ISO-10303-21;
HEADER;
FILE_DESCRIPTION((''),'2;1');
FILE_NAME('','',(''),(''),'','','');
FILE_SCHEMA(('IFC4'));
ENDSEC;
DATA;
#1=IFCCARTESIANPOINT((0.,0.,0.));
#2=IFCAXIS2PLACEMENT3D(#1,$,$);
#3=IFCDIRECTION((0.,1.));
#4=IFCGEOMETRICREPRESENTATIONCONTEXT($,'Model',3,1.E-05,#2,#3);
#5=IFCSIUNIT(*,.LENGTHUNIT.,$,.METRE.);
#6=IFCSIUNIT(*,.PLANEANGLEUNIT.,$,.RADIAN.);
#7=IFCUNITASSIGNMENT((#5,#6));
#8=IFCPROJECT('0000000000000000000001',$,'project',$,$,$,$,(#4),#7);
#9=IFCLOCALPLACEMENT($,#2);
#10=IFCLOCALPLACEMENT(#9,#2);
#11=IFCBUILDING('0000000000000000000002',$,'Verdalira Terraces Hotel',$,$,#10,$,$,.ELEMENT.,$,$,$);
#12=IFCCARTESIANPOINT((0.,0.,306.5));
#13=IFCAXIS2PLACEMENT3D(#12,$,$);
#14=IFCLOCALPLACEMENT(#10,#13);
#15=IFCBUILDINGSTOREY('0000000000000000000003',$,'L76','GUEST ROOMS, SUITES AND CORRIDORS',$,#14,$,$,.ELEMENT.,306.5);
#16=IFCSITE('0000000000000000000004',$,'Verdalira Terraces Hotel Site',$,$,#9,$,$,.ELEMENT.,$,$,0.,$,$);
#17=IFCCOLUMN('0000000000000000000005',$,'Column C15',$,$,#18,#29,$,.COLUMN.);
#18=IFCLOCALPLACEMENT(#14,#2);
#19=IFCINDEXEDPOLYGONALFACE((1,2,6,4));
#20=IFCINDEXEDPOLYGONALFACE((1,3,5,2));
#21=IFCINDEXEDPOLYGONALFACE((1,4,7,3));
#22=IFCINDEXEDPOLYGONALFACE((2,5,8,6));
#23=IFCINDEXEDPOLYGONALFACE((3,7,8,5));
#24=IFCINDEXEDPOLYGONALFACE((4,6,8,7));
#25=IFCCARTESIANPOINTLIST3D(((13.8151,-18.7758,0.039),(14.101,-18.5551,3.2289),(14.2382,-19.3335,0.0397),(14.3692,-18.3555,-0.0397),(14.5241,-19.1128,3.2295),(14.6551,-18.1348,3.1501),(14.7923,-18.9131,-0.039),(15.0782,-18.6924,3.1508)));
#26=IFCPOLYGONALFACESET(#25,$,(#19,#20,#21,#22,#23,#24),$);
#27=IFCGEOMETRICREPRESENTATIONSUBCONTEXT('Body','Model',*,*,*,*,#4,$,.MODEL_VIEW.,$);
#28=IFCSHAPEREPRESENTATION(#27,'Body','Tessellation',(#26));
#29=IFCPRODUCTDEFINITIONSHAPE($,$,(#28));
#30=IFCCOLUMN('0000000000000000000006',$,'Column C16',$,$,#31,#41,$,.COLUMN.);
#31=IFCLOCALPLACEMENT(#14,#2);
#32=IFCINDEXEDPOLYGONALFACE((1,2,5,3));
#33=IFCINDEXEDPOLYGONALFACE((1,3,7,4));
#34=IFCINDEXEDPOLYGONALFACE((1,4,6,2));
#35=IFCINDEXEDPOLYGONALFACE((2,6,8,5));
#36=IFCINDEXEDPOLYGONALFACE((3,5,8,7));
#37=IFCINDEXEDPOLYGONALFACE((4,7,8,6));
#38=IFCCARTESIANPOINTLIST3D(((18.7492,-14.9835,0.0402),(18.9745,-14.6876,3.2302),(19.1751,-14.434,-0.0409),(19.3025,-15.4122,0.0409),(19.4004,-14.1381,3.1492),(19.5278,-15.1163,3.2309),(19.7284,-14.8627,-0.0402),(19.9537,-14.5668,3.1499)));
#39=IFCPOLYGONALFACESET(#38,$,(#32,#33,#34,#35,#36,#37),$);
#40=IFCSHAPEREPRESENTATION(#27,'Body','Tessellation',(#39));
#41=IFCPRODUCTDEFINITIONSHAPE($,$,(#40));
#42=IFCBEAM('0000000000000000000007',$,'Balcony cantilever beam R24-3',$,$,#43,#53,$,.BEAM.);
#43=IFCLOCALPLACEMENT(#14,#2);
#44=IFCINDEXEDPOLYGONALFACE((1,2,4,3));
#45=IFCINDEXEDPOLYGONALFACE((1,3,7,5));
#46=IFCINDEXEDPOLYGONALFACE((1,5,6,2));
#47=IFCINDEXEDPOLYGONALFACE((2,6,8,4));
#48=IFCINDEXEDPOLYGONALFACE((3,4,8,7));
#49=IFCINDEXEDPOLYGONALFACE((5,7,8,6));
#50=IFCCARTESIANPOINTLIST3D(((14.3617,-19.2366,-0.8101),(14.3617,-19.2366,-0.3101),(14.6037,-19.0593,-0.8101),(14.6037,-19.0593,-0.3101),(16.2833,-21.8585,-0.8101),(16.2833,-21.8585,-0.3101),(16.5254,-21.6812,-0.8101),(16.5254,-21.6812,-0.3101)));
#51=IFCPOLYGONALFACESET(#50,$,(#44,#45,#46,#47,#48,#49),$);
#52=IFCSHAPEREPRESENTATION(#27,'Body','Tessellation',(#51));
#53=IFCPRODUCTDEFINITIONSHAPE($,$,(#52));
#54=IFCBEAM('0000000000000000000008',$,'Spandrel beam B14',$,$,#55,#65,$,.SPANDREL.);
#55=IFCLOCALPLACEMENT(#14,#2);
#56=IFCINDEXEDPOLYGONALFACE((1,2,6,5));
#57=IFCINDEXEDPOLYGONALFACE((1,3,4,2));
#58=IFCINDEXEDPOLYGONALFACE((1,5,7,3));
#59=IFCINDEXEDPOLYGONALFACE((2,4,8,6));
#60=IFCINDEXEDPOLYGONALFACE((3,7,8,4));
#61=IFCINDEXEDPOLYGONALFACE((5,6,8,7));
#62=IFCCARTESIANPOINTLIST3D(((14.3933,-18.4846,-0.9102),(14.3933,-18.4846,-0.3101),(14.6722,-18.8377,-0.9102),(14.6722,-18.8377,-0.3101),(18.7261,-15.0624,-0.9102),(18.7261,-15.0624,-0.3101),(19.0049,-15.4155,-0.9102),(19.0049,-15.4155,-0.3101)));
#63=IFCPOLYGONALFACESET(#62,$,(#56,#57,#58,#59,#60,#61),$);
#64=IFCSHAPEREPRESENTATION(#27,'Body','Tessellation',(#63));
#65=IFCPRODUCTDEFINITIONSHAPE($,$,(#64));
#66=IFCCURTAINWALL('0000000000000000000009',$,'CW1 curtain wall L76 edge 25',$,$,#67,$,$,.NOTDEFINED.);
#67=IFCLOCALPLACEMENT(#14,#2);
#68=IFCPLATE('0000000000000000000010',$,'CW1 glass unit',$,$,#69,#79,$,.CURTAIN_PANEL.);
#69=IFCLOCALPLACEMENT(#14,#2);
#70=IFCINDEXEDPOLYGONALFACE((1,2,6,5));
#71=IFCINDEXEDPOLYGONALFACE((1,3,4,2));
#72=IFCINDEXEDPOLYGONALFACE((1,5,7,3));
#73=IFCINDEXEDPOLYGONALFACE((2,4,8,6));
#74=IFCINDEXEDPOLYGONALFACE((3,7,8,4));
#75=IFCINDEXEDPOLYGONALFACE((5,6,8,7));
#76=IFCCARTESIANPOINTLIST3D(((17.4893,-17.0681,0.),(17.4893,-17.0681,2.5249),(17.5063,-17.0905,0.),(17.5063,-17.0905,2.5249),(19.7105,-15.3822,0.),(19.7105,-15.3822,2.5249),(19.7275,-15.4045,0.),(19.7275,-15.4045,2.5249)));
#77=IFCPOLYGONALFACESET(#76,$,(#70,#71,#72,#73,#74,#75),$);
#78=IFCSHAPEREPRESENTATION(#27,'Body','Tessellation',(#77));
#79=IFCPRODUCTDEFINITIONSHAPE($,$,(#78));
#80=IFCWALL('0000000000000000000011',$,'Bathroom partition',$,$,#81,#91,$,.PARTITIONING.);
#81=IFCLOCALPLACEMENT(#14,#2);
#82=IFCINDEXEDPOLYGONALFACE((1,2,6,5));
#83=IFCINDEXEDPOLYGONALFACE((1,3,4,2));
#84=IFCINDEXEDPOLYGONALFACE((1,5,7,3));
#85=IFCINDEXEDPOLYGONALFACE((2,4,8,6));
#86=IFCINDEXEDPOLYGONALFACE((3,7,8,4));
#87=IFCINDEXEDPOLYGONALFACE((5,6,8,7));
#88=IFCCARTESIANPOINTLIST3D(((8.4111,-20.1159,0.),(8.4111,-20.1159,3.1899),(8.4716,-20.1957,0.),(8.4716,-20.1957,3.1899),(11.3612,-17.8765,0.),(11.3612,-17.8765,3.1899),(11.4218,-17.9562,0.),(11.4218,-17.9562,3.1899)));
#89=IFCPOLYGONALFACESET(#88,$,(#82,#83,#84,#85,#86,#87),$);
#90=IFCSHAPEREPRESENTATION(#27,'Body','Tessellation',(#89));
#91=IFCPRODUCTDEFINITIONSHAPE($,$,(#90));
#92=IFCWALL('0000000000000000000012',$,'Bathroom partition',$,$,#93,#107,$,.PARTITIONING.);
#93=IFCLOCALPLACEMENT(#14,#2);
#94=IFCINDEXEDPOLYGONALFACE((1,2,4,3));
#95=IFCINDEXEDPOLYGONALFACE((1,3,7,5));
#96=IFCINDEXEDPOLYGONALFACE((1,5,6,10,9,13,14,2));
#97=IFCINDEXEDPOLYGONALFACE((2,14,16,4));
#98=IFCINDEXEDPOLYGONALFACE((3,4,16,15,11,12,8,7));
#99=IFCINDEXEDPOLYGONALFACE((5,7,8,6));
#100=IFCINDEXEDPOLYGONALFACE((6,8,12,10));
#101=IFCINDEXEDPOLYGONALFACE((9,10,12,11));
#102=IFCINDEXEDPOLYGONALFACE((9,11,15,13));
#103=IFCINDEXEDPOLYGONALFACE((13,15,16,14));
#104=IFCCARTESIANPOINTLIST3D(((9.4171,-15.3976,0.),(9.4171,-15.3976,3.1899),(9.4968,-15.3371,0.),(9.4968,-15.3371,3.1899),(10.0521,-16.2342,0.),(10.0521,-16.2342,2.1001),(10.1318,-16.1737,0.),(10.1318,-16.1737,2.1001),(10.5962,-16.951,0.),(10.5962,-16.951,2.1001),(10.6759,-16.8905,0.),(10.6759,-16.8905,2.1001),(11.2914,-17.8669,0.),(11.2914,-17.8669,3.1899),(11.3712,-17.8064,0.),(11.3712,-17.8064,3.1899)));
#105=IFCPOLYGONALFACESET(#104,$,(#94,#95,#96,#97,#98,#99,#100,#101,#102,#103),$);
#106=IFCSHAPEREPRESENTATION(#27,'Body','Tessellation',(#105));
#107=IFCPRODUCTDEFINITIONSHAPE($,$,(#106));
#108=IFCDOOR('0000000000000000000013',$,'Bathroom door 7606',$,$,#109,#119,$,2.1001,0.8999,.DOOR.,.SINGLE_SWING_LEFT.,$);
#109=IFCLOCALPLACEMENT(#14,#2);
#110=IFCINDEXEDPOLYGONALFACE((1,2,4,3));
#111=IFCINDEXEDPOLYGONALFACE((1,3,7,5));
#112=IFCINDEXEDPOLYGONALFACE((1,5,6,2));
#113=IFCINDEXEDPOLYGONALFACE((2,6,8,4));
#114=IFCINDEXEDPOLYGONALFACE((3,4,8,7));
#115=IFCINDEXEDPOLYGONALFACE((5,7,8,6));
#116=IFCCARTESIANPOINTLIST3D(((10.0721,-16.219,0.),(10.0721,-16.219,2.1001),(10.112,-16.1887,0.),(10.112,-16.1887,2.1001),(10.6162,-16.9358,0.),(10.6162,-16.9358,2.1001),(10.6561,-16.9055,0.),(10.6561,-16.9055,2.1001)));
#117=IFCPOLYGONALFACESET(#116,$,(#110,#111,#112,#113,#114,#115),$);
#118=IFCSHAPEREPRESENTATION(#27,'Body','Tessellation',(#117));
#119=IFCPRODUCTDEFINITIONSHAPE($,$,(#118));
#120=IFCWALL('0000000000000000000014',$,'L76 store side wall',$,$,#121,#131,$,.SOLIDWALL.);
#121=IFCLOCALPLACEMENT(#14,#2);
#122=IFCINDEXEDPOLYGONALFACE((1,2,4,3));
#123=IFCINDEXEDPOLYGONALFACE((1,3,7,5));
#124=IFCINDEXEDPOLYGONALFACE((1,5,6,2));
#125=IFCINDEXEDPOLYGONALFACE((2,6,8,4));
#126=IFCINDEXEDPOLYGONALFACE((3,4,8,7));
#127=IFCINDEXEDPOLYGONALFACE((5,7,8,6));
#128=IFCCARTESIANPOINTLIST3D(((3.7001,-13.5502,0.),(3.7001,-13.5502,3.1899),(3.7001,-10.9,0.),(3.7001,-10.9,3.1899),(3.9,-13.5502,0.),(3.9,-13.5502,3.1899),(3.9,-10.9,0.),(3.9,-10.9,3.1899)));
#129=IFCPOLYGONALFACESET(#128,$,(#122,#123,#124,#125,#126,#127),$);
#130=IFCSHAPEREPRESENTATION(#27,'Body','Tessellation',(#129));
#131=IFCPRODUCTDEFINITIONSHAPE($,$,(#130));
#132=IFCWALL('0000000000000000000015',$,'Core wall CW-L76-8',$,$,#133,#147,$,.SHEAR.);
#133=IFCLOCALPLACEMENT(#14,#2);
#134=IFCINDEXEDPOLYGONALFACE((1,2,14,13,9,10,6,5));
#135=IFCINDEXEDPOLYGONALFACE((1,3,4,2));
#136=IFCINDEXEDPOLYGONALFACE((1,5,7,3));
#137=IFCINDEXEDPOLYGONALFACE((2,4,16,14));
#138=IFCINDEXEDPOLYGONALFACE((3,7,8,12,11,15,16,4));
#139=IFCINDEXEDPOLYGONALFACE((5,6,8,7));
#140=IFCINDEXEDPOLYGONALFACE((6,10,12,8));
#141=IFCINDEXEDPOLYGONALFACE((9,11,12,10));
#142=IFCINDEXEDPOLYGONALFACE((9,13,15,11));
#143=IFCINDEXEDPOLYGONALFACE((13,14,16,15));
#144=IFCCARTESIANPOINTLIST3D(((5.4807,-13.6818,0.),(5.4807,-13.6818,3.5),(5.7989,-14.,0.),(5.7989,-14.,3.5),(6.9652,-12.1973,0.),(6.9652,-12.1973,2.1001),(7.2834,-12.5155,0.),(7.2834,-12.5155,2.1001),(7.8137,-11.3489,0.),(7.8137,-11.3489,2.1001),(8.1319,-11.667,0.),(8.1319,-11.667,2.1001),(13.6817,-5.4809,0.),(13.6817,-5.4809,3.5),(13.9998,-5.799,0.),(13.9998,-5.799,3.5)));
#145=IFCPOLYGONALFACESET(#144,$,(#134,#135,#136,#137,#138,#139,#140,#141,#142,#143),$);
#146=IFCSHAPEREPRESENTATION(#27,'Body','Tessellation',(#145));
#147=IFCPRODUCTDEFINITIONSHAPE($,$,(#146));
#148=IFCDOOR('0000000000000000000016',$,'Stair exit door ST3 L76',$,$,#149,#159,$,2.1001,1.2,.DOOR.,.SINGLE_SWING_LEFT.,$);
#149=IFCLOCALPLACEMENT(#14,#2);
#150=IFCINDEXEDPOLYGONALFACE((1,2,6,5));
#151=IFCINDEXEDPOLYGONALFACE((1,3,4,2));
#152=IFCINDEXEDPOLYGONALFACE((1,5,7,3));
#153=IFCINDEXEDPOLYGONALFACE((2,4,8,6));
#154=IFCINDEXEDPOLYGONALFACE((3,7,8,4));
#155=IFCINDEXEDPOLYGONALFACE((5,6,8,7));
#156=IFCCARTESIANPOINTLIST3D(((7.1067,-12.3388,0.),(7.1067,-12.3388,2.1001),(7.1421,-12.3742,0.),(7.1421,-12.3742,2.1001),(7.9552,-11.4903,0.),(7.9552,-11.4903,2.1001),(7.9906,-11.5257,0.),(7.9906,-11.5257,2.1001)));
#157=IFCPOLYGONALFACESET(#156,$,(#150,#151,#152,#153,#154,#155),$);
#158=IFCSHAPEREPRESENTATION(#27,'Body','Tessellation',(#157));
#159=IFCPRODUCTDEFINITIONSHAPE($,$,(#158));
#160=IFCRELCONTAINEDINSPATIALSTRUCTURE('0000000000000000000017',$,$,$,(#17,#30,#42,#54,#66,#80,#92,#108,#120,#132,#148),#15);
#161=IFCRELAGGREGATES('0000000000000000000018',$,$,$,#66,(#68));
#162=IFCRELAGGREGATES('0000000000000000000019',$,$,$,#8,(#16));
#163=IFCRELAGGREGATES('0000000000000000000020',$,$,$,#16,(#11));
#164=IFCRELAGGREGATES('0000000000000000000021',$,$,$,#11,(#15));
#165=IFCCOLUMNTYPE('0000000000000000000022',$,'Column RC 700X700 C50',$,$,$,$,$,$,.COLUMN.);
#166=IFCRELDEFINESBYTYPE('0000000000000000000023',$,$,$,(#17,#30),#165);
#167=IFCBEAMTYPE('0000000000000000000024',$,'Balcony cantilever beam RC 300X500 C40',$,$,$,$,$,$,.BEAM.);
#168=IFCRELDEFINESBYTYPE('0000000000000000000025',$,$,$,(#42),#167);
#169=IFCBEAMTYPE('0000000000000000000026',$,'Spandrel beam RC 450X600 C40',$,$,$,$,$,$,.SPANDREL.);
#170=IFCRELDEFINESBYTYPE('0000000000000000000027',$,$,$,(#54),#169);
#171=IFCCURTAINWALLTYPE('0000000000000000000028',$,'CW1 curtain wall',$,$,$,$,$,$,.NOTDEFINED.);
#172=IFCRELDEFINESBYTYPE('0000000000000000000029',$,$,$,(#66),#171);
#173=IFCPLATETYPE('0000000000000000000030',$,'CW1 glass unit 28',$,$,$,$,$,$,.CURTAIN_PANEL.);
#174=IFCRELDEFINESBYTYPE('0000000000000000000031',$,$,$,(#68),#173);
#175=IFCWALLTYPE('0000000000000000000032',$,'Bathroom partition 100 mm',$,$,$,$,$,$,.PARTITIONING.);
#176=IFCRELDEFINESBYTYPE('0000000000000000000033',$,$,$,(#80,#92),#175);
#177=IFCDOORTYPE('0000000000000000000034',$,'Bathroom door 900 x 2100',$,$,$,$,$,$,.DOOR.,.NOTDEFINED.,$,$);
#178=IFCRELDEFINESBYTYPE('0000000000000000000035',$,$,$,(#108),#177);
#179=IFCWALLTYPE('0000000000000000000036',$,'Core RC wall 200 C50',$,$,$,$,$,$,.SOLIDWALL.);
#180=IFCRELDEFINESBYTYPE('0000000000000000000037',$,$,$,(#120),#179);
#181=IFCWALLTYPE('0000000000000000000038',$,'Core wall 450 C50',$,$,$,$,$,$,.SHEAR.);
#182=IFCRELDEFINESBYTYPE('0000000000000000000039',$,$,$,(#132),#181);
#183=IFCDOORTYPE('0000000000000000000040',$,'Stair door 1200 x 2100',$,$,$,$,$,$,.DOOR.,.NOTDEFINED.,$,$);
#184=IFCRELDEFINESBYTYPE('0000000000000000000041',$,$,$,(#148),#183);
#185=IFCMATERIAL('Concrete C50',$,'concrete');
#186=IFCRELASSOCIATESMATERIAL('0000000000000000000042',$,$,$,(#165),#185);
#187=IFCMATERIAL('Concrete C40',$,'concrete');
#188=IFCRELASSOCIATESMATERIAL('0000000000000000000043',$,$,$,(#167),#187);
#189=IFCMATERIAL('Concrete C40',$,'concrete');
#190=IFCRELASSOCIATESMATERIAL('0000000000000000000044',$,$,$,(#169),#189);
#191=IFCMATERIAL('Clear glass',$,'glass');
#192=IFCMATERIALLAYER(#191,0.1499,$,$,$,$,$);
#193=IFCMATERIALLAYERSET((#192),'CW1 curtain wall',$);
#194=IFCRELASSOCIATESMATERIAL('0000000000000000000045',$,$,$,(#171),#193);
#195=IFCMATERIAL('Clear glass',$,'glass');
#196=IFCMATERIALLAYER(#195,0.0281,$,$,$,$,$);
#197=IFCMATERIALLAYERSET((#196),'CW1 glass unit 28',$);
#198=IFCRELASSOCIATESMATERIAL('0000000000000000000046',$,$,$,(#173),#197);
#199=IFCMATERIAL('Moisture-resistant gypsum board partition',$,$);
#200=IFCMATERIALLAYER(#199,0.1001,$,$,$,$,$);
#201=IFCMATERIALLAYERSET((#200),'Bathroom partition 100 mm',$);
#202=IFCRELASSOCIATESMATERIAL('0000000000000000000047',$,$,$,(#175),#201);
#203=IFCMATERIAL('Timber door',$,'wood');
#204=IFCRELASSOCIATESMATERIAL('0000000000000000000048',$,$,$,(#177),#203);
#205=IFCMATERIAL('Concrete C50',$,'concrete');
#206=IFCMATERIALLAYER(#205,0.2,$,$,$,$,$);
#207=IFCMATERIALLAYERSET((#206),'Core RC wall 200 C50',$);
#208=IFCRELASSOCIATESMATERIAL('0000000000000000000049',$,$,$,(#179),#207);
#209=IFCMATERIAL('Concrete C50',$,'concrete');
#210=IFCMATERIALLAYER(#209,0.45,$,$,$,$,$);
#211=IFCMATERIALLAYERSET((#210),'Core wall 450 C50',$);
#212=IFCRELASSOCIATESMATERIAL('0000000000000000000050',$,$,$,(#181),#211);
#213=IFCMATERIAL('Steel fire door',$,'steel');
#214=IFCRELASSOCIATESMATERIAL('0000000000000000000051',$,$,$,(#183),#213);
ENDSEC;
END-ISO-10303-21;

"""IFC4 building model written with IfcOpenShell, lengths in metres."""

from ifc_helpers import new_model, si_unit, direction, frame, frame_2d, origin, origin_2d, place, context, subcontext, project, spatial, rectangle, extrude, material, layer, layer_set, material_profile, profile_set, type_object, element, fill, aggregate, save


model = new_model("IFC4")

# Units and contexts
model_context = context("Model", 3, precision=1e-05, world=origin(), true_north=direction((0.0, 1.0)))
body_context = subcontext(model_context, "Body", "Model", "MODEL_VIEW")
ifc_project = project(units=[si_unit("LENGTHUNIT", "METRE"), si_unit("PLANEANGLEUNIT", "RADIAN")], contexts=[model_context])

# Site, building, storey
site_placement = place(None, origin())
site = spatial("IfcSite", under=ifc_project, at=site_placement, Name="Verdalira Terraces Hotel Site", CompositionType="ELEMENT", RefElevation=0.0)
building_placement = place(site_placement, origin())
building = spatial("IfcBuilding", under=site, at=building_placement, Name="Verdalira Terraces Hotel", CompositionType="ELEMENT")
storey_placement = place(building_placement, frame((0.0, 0.0, 306.5)))
storey = spatial("IfcBuildingStorey", under=building, at=storey_placement, Name="L76", Description="GUEST ROOMS, SUITES AND CORRIDORS", CompositionType="ELEMENT", Elevation=306.5)

# Columns
ifc_material_1 = material(Name="Concrete C50", Category="concrete")
ifc_material_profile_1 = material_profile(ifc_material_1, rectangle(XDim=0.7, YDim=0.7, at=origin_2d()), Name="RC 700X700")
ifc_profile_set_1 = profile_set([ifc_material_profile_1], Name="Concrete C50")
column_type = type_object("IfcColumnType", Name="Column RC 700X700 C50", PredefinedType="COLUMN", material=ifc_profile_set_1)
column_1_placement = place(storey_placement, frame((14.3037, -18.8445, 0.0), z_axis=(0.089053, 0.068748, 0.993651), x_axis=(0.791667, 0.600507, -0.112498)))
element("IfcColumn", 1, at=column_1_placement, inside=storey, type_object=column_type, Name="Column C15", PredefinedType="COLUMN", context=body_context, shape_type="SweptSolid", body=[
    extrude(rectangle(XDim=0.7, YDim=0.7, at=origin_2d()), origin(), (0.0, 0.0, 1.0), 3.2102),
])
column_2_placement = place(storey_placement, frame((19.2388, -14.9231, 0.0), z_axis=(0.070166, 0.092136, 0.993271), x_axis=(-0.608476, -0.785077, 0.115807)))
element("IfcColumn", 2, at=column_2_placement, inside=storey, type_object=column_type, Name="Column C16", PredefinedType="COLUMN", context=body_context, shape_type="SweptSolid", body=[
    extrude(rectangle(XDim=0.7, YDim=0.7, at=origin_2d()), origin(), (0.0, 0.0, 1.0), 3.2117),
])

# Beams
ifc_material_2 = material(Name="Concrete C40", Category="concrete")
ifc_material_profile_2 = material_profile(ifc_material_2, rectangle(XDim=0.3, YDim=0.5, at=origin_2d()), Name="RC 300X500")
ifc_profile_set_2 = profile_set([ifc_material_profile_2], Name="Concrete C40")
beam_type_1 = type_object("IfcBeamType", Name="Balcony cantilever beam RC 300X500 C40", PredefinedType="BEAM", material=ifc_profile_set_2)
beam_1_placement = place(storey_placement, frame((14.4827, -19.1479, -0.5601), z_axis=(0.591155, -0.806558, 0.0), x_axis=(0.806558, 0.591155, 0.0)))
element("IfcBeam", 3, at=beam_1_placement, inside=storey, type_object=beam_type_1, Name="Balcony cantilever beam R24-3", PredefinedType="BEAM", context=body_context, shape_type="SweptSolid", body=[
    extrude(rectangle(XDim=0.3, YDim=0.5, at=origin_2d()), origin(), (0.0, 0.0, 1.0), 3.2507),
])
ifc_material_3 = material(Name="Concrete C40", Category="concrete")
ifc_material_profile_3 = material_profile(ifc_material_3, rectangle(XDim=0.45, YDim=0.6001, at=origin_2d()), Name="RC 450X600")
ifc_profile_set_3 = profile_set([ifc_material_profile_3], Name="Concrete C40")
beam_type_2 = type_object("IfcBeamType", Name="Spandrel beam RC 450X600 C40", PredefinedType="SPANDREL", material=ifc_profile_set_3)
beam_2_placement = place(storey_placement, frame((14.5327, -18.6611, -0.6101), z_axis=(0.784749, 0.619813, 0.0), x_axis=(-0.619813, 0.784749, 0.0)))
element("IfcBeam", 4, at=beam_2_placement, inside=storey, type_object=beam_type_2, Name="Spandrel beam B14", PredefinedType="SPANDREL", context=body_context, shape_type="SweptSolid", body=[
    extrude(rectangle(XDim=0.45, YDim=0.6001, at=origin_2d()), origin(), (0.0, 0.0, 1.0), 5.5212),
])

# Curtain wall, plate
ifc_material_4 = material(Name="Clear glass", Category="glass")
ifc_layer_1 = layer(ifc_material_4, 0.1499)
ifc_layer_set_1 = layer_set([ifc_layer_1], Name="CW1 curtain wall")
curtain_wall_type = type_object("IfcCurtainWallType", Name="CW1 curtain wall", PredefinedType="NOTDEFINED", material=ifc_layer_set_1)
curtain_wall_placement = place(storey_placement, origin())
curtain_wall = element("IfcCurtainWall", 5, at=curtain_wall_placement, inside=storey, type_object=curtain_wall_type, Name="CW1 curtain wall L76 edge 25", PredefinedType="NOTDEFINED")
ifc_material_5 = material(Name="Clear glass", Category="glass")
ifc_layer_2 = layer(ifc_material_5, 0.0281)
ifc_layer_set_2 = layer_set([ifc_layer_2], Name="CW1 glass unit 28")
plate_type = type_object("IfcPlateType", Name="CW1 glass unit 28", PredefinedType="CURTAIN_PANEL", material=ifc_layer_set_2)
plate_placement = place(storey_placement, frame((18.6084, -16.2363, 0.0), z_axis=(0.0, 0.0, 1.0), x_axis=(0.79653, 0.604599, 0.0)))
plate = element("IfcPlate", 6, at=plate_placement, type_object=plate_type, Name="CW1 glass unit", PredefinedType="CURTAIN_PANEL", context=body_context, shape_type="SweptSolid", body=[
    extrude(rectangle(XDim=2.7886, YDim=0.0281, at=origin_2d()), origin(), (0.0, 0.0, 1.0), 2.5249),
])
aggregate(curtain_wall, [plate])

# Wall
ifc_material_6 = material(Name="Moisture-resistant gypsum board partition")
ifc_layer_3 = layer(ifc_material_6, 0.1001)
ifc_layer_set_3 = layer_set([ifc_layer_3], Name="Bathroom partition 100 mm")
wall_type_1 = type_object("IfcWallType", Name="Bathroom partition 100 mm", PredefinedType="PARTITIONING", material=ifc_layer_set_3)
wall_1_placement = place(storey_placement, frame((11.3916, -17.9163, 0.0), z_axis=(0.0, 0.0, 1.0), x_axis=(-0.796506, -0.60463, 0.0)))
element("IfcWall", 7, at=wall_1_placement, inside=storey, type_object=wall_type_1, Name="Bathroom partition", PredefinedType="PARTITIONING", context=body_context, shape_type="SweptSolid", body=[
    extrude(rectangle(XDim=3.7039, YDim=0.1001, at=frame_2d((1.8521, 0.0))), origin(), (0.0, 0.0, 1.0), 3.1899),
])

# Wall, opening, door
wall_2_placement = place(storey_placement, frame((11.3313, -17.8367, 0.0), z_axis=(0.0, 0.0, 1.0), x_axis=(-0.604602, 0.796528, 0.0)))
wall_2 = element("IfcWall", 8, at=wall_2_placement, inside=storey, type_object=wall_type_1, Name="Bathroom partition", PredefinedType="PARTITIONING", context=body_context, shape_type="SweptSolid", body=[
    extrude(rectangle(XDim=3.1001, YDim=0.1001, at=frame_2d((1.55, 0.0))), origin(), (0.0, 0.0, 1.0), 3.1899),
])
opening_1_placement = place(wall_2_placement, frame((1.1499, 0.0, 0.0)))
opening_1 = element("IfcOpeningElement", 9, at=opening_1_placement, cuts=wall_2, PredefinedType="OPENING", context=body_context, shape_type="SweptSolid", body=[
    extrude(rectangle(XDim=0.8999, YDim=2.1001, at=frame_2d((0.45, 1.05))), frame((0.0, 0.0601, 0.0), z_axis=(0.0, -1.0, 0.0), x_axis=(1.0, 0.0, 0.0)), (0.0, 0.0, 1.0), 0.1201),
])
ifc_material_7 = material(Name="Timber door", Category="wood")
door_type_1 = type_object("IfcDoorType", Name="Bathroom door 900 x 2100", OperationType="NOTDEFINED", PredefinedType="DOOR", material=ifc_material_7)
door_1_placement = place(opening_1_placement, origin())
door_1 = element("IfcDoor", 10, at=door_1_placement, inside=storey, type_object=door_type_1, Name="Bathroom door 7606", OperationType="SINGLE_SWING_LEFT", OverallHeight=2.1001, OverallWidth=0.8999, PredefinedType="DOOR", context=body_context, shape_type="SweptSolid", body=[
    extrude(rectangle(XDim=0.8999, YDim=2.1001, at=frame_2d((0.45, 1.05))), frame((0.0, 0.0249, 0.0), z_axis=(0.0, -1.0, 0.0), x_axis=(1.0, 0.0, 0.0)), (0.0, 0.0, 1.0), 0.05),
])
fill(opening_1, door_1)

# Wall
ifc_material_8 = material(Name="Concrete C50", Category="concrete")
ifc_layer_4 = layer(ifc_material_8, 0.2)
ifc_layer_set_4 = layer_set([ifc_layer_4], Name="Core RC wall 200 C50")
wall_type_2 = type_object("IfcWallType", Name="Core RC wall 200 C50", PredefinedType="SOLIDWALL", material=ifc_layer_set_4)
wall_3_placement = place(storey_placement, frame((3.8, -10.8999, 0.0), z_axis=(0.0, 0.0, 1.0), x_axis=(0.0, -1.0, 0.0)))
element("IfcWall", 11, at=wall_3_placement, inside=storey, type_object=wall_type_2, Name="L76 store side wall", PredefinedType="SOLIDWALL", context=body_context, shape_type="SweptSolid", body=[
    extrude(rectangle(XDim=2.6501, YDim=0.2, at=frame_2d((1.3252, 0.0))), origin(), (0.0, 0.0, 1.0), 3.1899),
])

# Wall, opening, door
ifc_material_9 = material(Name="Concrete C50", Category="concrete")
ifc_layer_5 = layer(ifc_material_9, 0.45)
ifc_layer_set_5 = layer_set([ifc_layer_5], Name="Core wall 450 C50")
wall_type_3 = type_object("IfcWallType", Name="Core wall 450 C50", PredefinedType="SHEAR", material=ifc_layer_set_5)
wall_4_placement = place(storey_placement, frame((5.6399, -13.8408, 0.0), z_axis=(0.0, 0.0, 1.0), x_axis=(0.707107, 0.707107, 0.0)))
wall_4 = element("IfcWall", 12, at=wall_4_placement, inside=storey, type_object=wall_type_3, Name="Core wall CW-L76-8", PredefinedType="SHEAR", context=body_context, shape_type="SweptSolid", body=[
    extrude(rectangle(XDim=11.5979, YDim=0.45, at=frame_2d((5.7988, 0.0))), origin(), (0.0, 0.0, 1.0), 3.5),
])
opening_2_placement = place(wall_4_placement, frame((2.0991, 0.0, 0.0)))
opening_2 = element("IfcOpeningElement", 13, at=opening_2_placement, cuts=wall_4, PredefinedType="OPENING", context=body_context, shape_type="SweptSolid", body=[
    extrude(rectangle(XDim=1.2, YDim=2.1001, at=frame_2d((0.6001, 1.05))), frame((0.0, 0.2349, 0.0), z_axis=(0.0, -1.0, 0.0), x_axis=(1.0, 0.0, 0.0)), (0.0, 0.0, 1.0), 0.47),
])
ifc_material_10 = material(Name="Steel fire door", Category="steel")
door_type_2 = type_object("IfcDoorType", Name="Stair door 1200 x 2100", OperationType="NOTDEFINED", PredefinedType="DOOR", material=ifc_material_10)
door_2_placement = place(opening_2_placement, origin())
door_2 = element("IfcDoor", 14, at=door_2_placement, inside=storey, type_object=door_type_2, Name="Stair exit door ST3 L76", OperationType="SINGLE_SWING_LEFT", OverallHeight=2.1001, OverallWidth=1.2, PredefinedType="DOOR", context=body_context, shape_type="SweptSolid", body=[
    extrude(rectangle(XDim=1.2, YDim=2.1001, at=frame_2d((0.6001, 1.05))), frame((0.0, 0.0249, 0.0), z_axis=(0.0, -1.0, 0.0), x_axis=(1.0, 0.0, 0.0)), (0.0, 0.0, 1.0), 0.05),
])
fill(opening_2, door_2)

save(model, "model.ifc")
